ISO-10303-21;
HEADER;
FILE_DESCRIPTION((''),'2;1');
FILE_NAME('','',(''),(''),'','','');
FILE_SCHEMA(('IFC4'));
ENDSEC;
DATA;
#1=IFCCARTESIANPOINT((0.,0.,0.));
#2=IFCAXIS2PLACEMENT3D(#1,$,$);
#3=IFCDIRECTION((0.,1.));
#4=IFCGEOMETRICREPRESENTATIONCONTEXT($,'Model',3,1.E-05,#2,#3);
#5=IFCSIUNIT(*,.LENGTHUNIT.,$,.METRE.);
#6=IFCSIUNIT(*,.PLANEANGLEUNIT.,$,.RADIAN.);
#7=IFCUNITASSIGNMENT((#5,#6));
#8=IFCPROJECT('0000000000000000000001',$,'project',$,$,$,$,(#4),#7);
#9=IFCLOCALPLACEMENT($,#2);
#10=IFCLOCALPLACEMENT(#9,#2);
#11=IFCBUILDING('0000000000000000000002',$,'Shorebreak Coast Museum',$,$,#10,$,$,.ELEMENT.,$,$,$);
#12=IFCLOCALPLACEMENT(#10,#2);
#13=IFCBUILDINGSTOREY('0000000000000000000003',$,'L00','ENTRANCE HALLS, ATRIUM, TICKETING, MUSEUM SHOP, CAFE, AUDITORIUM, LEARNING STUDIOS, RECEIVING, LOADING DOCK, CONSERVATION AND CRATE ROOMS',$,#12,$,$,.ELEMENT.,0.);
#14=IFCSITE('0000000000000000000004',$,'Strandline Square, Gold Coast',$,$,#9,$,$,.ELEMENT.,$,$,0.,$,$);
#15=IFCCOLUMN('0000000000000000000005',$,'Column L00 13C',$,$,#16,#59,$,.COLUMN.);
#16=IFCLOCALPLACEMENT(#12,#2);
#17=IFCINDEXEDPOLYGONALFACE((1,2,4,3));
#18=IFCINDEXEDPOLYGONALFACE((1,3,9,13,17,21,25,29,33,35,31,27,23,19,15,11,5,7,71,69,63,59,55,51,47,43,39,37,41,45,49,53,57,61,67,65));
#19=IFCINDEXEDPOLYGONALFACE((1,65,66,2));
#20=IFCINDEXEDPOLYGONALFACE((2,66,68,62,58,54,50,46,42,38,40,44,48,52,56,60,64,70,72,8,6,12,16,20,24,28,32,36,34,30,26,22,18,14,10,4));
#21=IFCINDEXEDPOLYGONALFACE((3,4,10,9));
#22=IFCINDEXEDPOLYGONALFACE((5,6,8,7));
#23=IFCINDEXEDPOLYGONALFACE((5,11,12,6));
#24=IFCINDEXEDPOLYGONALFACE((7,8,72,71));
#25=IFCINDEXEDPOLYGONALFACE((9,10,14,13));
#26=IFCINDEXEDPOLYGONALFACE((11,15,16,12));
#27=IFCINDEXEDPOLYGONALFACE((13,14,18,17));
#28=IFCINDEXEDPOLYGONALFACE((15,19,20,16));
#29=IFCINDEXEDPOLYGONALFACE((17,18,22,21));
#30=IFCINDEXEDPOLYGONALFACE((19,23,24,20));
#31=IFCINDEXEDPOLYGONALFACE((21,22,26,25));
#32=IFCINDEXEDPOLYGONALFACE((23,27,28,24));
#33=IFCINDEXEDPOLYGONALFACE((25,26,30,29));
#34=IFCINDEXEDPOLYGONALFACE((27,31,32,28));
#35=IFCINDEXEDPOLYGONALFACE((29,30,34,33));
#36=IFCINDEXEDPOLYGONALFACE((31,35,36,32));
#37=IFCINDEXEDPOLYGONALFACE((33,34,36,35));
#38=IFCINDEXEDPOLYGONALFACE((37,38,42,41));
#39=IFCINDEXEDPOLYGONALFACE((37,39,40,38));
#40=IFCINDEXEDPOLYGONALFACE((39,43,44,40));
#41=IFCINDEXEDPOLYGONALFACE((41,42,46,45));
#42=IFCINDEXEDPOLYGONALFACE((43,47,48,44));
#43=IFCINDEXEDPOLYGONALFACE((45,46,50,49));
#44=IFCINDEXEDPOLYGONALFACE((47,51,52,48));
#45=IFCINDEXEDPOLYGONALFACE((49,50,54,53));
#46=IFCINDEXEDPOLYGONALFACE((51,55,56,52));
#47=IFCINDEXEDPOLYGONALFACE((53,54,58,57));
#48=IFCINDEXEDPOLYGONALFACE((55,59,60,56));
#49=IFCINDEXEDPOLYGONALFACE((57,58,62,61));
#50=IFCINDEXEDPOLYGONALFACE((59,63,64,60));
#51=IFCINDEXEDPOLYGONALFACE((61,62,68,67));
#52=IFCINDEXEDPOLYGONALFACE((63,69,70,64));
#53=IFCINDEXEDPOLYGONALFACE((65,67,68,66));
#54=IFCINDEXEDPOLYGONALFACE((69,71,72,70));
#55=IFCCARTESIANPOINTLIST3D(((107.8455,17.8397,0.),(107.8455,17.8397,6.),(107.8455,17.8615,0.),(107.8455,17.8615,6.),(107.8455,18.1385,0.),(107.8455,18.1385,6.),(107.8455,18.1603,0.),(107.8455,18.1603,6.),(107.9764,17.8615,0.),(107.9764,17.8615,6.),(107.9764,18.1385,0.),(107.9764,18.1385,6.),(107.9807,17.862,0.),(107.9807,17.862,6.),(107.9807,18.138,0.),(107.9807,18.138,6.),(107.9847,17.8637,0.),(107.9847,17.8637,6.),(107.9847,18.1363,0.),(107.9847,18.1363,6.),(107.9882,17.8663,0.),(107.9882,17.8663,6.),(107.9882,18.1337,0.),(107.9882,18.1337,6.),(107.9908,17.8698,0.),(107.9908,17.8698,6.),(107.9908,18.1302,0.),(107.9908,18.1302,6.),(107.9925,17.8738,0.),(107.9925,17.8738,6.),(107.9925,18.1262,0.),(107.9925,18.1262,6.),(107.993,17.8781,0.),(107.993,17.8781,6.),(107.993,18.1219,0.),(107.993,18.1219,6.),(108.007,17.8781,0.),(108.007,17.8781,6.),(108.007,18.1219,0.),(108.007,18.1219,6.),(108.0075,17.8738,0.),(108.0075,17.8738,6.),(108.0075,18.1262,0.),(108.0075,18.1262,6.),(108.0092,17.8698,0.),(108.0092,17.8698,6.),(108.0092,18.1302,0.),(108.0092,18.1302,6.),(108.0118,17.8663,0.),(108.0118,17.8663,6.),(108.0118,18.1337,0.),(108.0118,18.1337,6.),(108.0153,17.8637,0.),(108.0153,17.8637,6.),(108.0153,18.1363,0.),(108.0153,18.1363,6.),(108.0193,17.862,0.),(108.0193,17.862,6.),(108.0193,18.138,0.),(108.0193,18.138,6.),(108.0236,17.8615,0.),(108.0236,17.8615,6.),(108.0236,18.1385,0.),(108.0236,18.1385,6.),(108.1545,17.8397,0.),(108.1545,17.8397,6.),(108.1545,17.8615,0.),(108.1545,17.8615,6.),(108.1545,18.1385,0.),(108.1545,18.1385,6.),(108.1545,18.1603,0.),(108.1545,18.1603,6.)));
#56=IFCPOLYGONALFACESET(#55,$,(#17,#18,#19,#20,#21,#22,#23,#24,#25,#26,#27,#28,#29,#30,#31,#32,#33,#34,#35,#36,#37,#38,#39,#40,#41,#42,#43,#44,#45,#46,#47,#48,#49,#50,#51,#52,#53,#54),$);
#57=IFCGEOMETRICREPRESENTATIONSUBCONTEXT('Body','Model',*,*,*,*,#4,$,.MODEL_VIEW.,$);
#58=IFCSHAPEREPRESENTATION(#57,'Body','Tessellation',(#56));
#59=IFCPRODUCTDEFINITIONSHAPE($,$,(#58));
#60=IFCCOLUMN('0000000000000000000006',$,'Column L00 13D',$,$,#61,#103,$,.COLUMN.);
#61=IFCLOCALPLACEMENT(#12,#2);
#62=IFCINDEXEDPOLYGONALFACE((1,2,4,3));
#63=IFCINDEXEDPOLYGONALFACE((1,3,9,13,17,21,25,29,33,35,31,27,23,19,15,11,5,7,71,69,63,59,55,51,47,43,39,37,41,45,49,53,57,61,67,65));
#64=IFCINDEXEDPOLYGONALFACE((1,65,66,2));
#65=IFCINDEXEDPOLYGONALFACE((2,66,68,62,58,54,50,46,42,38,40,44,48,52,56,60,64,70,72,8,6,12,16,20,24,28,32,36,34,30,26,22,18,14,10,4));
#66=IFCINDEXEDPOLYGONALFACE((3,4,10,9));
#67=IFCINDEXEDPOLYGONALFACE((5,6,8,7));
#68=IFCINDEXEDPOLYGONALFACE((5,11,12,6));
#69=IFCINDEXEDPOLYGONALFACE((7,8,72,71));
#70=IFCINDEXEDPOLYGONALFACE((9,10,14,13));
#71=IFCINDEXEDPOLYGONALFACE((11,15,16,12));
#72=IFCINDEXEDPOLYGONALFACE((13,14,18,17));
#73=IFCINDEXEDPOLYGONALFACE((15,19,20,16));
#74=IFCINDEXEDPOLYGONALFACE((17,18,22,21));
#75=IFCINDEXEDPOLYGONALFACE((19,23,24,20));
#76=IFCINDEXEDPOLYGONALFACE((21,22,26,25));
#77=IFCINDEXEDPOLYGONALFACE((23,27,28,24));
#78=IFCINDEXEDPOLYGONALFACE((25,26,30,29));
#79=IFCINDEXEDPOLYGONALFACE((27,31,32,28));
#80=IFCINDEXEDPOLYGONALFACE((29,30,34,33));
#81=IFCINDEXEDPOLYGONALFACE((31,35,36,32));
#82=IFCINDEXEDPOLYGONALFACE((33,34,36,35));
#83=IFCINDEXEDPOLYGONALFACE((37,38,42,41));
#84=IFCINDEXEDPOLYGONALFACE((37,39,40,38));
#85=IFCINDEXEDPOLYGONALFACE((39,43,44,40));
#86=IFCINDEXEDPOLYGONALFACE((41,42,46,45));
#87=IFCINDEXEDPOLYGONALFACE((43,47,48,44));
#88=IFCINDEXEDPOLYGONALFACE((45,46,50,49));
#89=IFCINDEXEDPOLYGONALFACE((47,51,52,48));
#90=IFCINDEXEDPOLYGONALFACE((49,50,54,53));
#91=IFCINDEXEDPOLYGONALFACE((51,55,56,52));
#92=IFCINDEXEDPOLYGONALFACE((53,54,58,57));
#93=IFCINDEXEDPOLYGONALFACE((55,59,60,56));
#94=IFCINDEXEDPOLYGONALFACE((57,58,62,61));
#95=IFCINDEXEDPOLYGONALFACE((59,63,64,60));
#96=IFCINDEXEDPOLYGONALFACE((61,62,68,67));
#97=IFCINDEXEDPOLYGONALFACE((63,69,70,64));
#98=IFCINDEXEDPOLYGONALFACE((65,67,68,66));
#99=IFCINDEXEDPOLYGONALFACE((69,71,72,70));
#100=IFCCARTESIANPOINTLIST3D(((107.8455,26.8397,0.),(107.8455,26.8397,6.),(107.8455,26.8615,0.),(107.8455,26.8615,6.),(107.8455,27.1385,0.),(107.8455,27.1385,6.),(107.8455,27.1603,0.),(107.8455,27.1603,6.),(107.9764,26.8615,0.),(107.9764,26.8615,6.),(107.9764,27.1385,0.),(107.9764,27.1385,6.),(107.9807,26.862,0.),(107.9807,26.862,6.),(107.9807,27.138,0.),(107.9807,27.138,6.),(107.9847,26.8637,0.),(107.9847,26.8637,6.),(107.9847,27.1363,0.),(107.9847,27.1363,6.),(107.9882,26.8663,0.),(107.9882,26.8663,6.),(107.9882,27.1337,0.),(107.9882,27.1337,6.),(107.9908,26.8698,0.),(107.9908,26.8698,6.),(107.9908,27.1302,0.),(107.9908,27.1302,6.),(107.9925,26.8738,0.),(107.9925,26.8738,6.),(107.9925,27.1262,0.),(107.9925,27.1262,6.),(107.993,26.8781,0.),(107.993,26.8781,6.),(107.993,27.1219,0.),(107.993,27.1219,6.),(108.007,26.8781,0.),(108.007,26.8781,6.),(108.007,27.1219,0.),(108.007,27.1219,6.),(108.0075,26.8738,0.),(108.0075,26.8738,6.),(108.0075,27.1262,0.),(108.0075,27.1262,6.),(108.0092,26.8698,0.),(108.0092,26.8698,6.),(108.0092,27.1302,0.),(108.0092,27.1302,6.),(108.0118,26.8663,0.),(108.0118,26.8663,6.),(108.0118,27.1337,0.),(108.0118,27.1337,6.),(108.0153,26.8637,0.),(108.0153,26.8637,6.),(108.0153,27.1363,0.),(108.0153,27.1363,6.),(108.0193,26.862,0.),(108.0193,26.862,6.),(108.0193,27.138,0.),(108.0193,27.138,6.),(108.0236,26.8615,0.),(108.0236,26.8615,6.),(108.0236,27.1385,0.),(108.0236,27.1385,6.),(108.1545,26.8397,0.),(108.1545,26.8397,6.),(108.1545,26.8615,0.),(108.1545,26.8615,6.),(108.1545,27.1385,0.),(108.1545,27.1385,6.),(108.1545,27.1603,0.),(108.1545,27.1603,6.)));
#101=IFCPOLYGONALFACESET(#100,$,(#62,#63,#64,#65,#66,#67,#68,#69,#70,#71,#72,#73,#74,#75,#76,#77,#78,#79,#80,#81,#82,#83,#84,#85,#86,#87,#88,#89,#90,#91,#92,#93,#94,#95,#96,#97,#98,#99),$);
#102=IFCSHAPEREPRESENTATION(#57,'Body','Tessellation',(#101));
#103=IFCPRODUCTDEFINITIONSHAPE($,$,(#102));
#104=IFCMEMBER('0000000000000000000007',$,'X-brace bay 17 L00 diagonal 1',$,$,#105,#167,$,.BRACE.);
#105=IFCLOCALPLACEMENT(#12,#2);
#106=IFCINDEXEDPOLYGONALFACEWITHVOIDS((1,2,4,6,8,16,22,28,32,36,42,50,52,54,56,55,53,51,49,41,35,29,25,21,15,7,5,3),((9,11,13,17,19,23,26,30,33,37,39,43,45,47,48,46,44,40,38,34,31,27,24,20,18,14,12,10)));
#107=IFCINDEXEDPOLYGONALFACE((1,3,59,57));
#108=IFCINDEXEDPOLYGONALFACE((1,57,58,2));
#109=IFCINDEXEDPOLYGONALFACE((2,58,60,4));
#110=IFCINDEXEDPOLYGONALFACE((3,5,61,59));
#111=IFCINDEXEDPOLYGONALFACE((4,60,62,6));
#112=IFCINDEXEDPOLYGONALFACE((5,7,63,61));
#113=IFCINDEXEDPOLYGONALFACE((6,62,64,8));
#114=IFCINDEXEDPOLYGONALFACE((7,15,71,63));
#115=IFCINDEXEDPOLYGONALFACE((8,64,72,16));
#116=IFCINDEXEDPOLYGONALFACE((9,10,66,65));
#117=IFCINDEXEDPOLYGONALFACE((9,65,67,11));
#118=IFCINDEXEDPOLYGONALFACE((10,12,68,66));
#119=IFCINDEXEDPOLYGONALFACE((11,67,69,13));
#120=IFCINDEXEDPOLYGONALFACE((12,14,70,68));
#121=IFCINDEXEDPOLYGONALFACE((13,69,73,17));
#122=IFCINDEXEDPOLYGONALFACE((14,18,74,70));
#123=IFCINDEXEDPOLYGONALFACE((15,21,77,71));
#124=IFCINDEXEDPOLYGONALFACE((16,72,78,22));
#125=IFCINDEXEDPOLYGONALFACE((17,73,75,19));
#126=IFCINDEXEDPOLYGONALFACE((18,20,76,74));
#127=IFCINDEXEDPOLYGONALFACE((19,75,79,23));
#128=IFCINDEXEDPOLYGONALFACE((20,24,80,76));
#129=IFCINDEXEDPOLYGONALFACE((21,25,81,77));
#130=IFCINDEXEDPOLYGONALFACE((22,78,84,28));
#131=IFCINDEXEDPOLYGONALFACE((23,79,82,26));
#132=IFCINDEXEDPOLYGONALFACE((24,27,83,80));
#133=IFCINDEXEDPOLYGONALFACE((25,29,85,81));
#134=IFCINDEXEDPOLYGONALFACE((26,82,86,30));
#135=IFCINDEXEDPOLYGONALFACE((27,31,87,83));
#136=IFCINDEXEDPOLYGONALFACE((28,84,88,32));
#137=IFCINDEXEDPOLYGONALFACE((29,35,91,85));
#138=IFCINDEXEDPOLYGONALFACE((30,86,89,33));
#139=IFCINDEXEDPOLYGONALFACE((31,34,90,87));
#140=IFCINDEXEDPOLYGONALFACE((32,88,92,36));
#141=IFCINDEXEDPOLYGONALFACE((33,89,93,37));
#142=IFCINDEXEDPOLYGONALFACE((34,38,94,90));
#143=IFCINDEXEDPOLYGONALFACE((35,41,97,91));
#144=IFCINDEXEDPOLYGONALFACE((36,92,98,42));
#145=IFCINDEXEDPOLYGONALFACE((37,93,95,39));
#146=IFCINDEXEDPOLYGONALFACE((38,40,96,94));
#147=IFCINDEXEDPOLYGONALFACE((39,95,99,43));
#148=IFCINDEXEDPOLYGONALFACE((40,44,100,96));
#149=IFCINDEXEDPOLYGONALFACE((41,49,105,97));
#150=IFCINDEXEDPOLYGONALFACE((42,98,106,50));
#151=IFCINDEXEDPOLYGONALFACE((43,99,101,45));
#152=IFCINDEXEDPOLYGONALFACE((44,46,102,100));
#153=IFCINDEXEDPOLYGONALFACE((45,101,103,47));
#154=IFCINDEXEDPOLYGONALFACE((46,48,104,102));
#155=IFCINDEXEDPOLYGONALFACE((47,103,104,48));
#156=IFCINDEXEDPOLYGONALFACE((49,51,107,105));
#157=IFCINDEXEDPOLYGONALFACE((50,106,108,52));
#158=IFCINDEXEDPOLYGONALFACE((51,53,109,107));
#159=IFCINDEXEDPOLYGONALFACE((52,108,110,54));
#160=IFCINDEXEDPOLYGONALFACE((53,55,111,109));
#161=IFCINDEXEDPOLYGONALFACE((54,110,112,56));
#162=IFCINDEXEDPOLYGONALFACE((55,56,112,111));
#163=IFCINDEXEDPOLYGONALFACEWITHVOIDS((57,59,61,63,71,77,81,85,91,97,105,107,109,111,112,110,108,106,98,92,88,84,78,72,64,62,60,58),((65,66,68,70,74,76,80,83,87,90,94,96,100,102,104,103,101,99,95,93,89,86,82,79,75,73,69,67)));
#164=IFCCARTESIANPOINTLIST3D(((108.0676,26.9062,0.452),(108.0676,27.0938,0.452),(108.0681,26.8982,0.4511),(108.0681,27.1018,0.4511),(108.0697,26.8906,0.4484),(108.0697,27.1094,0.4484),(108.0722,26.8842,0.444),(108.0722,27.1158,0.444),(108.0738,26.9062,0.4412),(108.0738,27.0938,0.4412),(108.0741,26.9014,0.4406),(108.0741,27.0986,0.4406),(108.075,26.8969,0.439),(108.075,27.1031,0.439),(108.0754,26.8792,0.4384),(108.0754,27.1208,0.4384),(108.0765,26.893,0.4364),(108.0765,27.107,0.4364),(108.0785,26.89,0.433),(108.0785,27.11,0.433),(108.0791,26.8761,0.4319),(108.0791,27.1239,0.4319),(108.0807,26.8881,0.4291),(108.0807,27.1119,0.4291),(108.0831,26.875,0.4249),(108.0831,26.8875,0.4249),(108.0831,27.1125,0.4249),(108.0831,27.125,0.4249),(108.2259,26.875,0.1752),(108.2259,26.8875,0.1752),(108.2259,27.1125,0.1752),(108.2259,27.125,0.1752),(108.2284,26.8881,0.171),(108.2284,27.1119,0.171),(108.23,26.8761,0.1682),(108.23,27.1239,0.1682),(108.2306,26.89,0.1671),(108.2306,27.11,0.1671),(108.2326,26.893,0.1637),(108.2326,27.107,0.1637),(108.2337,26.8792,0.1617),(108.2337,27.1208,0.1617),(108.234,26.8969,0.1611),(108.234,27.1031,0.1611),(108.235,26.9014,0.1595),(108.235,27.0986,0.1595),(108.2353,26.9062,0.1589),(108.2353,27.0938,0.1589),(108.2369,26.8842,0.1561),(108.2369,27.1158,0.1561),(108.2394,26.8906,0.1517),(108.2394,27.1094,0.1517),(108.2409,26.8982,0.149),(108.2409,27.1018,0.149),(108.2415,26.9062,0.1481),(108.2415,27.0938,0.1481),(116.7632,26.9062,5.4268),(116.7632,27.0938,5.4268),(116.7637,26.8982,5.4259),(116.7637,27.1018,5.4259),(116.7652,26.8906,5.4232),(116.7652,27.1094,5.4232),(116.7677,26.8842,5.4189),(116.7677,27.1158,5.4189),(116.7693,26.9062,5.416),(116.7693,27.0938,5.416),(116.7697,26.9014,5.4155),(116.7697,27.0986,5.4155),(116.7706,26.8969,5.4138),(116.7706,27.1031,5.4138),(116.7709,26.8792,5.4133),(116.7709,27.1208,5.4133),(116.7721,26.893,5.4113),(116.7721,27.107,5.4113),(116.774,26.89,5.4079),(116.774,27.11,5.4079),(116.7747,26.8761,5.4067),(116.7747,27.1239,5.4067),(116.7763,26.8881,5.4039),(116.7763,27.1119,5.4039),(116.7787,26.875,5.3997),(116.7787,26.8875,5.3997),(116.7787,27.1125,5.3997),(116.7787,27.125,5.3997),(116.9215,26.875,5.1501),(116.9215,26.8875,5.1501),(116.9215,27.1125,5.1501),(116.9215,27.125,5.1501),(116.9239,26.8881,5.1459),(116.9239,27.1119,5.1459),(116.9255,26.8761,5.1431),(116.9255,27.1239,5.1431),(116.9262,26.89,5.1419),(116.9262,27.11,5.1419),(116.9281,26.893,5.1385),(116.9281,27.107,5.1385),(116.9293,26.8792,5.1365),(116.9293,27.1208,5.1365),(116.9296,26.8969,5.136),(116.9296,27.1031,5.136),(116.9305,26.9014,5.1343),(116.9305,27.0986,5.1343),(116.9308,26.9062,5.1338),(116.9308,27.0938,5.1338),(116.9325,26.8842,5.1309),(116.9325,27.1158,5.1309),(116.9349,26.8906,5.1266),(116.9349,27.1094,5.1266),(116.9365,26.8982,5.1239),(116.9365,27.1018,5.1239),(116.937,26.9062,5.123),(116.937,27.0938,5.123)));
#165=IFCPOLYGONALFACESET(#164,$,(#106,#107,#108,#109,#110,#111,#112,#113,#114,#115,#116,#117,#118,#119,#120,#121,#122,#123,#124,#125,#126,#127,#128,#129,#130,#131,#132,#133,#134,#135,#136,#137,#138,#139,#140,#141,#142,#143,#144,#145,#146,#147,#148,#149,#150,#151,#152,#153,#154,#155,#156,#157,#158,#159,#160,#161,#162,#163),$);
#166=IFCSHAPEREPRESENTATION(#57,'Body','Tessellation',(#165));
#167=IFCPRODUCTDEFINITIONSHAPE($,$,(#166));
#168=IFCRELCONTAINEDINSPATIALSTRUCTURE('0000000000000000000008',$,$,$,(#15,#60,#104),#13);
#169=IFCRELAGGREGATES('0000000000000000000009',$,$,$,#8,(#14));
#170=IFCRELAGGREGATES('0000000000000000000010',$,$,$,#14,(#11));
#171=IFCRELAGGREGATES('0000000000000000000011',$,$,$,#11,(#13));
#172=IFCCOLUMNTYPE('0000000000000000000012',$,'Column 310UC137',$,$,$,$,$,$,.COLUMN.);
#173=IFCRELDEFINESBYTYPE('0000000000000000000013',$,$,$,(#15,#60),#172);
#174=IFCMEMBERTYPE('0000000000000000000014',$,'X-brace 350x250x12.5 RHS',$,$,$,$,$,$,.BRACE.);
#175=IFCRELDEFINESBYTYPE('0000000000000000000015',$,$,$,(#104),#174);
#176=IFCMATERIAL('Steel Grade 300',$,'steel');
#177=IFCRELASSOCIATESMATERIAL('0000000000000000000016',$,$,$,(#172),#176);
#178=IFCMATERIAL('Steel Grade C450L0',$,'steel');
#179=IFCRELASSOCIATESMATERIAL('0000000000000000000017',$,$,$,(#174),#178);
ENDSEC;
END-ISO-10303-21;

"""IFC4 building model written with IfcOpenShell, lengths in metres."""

from ifc_helpers import new_model, si_unit, direction, frame, origin, origin_2d, place, context, subcontext, project, spatial, hollow_rectangle, i_section, extrude, material, material_profile, profile_set, type_object, element, save


model = new_model("IFC4")

# Units and contexts
model_context = context("Model", 3, precision=1e-05, world=origin(), true_north=direction((0.0, 1.0)))
body_context = subcontext(model_context, "Body", "Model", "MODEL_VIEW")
ifc_project = project(units=[si_unit("LENGTHUNIT", "METRE"), si_unit("PLANEANGLEUNIT", "RADIAN")], contexts=[model_context])

# Site, building, storey
site_placement = place(None, origin())
site = spatial("IfcSite", under=ifc_project, at=site_placement, Name="Strandline Square, Gold Coast", CompositionType="ELEMENT", RefElevation=0.0)
building_placement = place(site_placement, origin())
building = spatial("IfcBuilding", under=site, at=building_placement, Name="Shorebreak Coast Museum", CompositionType="ELEMENT")
storey_placement = place(building_placement, origin())
storey = spatial("IfcBuildingStorey", under=building, at=storey_placement, Name="L00", Description="ENTRANCE HALLS, ATRIUM, TICKETING, MUSEUM SHOP, CAFE, AUDITORIUM, LEARNING STUDIOS, RECEIVING, LOADING DOCK, CONSERVATION AND CRATE ROOMS", CompositionType="ELEMENT", Elevation=0.0)

# Columns
ifc_material_1 = material(Name="Steel Grade 300", Category="steel")
ifc_material_profile_1 = material_profile(ifc_material_1, i_section(OverallWidth=0.3091, OverallDepth=0.3206, WebThickness=0.0139, FlangeThickness=0.0217, FilletRadius=0.0166, at=origin_2d()), Name="310UC137")
ifc_profile_set_1 = profile_set([ifc_material_profile_1], Name="Steel Grade 300")
column_type = type_object("IfcColumnType", Name="Column 310UC137", PredefinedType="COLUMN", material=ifc_profile_set_1)
for number, where, z_axis, x_axis, name in (
    (1, (108.0, 18.0, 0.0), (0.0, 0.0, 1.0), (1.0, 0.0, 0.0), "Column L00 13C"),
    (2, (108.0, 27.0, 0.0), (0.0, 0.0, 1.0), (1.0, 0.0, 0.0), "Column L00 13D"),
):
    element("IfcColumn", number, at=place(storey_placement, frame(where, z_axis=z_axis, x_axis=x_axis)), inside=storey, type_object=column_type, Name=name, PredefinedType="COLUMN", context=body_context, shape_type="SweptSolid", body=[
        extrude(i_section(OverallWidth=0.3091, OverallDepth=0.3206, WebThickness=0.0139, FlangeThickness=0.0217, FilletRadius=0.0166, at=origin_2d()), origin(), (0.0, 0.0, 1.0), 6.0),
    ])

# Member
ifc_material_2 = material(Name="Steel Grade C450L0", Category="steel")
ifc_material_profile_2 = material_profile(ifc_material_2, hollow_rectangle(XDim=0.25, YDim=0.3501, WallThickness=0.0125, InnerFilletRadius=0.0188, OuterFilletRadius=0.0312, at=origin_2d()), Name="350x250x12.5 RHS")
ifc_profile_set_2 = profile_set([ifc_material_profile_2], Name="Steel Grade C450L0")
member_type = type_object("IfcMemberType", Name="X-brace 350x250x12.5 RHS", PredefinedType="BRACE", material=ifc_profile_set_2)
for number, where, z_axis, x_axis, name in (
    (3, (108.1545, 27.0, 0.3), (0.867987, 0.0, 0.496588), (0.0, 1.0, 0.0), "X-brace bay 17 L00 diagonal 1"),
):
    element("IfcMember", number, at=place(storey_placement, frame(where, z_axis=z_axis, x_axis=x_axis)), inside=storey, type_object=member_type, Name=name, PredefinedType="BRACE", context=body_context, shape_type="SweptSolid", body=[
        extrude(hollow_rectangle(XDim=0.25, YDim=0.3501, WallThickness=0.0125, InnerFilletRadius=0.0188, OuterFilletRadius=0.0312, at=origin_2d()), origin(), (0.0, 0.0, 1.0), 10.0181),
    ])

save(model, "model.ifc")
